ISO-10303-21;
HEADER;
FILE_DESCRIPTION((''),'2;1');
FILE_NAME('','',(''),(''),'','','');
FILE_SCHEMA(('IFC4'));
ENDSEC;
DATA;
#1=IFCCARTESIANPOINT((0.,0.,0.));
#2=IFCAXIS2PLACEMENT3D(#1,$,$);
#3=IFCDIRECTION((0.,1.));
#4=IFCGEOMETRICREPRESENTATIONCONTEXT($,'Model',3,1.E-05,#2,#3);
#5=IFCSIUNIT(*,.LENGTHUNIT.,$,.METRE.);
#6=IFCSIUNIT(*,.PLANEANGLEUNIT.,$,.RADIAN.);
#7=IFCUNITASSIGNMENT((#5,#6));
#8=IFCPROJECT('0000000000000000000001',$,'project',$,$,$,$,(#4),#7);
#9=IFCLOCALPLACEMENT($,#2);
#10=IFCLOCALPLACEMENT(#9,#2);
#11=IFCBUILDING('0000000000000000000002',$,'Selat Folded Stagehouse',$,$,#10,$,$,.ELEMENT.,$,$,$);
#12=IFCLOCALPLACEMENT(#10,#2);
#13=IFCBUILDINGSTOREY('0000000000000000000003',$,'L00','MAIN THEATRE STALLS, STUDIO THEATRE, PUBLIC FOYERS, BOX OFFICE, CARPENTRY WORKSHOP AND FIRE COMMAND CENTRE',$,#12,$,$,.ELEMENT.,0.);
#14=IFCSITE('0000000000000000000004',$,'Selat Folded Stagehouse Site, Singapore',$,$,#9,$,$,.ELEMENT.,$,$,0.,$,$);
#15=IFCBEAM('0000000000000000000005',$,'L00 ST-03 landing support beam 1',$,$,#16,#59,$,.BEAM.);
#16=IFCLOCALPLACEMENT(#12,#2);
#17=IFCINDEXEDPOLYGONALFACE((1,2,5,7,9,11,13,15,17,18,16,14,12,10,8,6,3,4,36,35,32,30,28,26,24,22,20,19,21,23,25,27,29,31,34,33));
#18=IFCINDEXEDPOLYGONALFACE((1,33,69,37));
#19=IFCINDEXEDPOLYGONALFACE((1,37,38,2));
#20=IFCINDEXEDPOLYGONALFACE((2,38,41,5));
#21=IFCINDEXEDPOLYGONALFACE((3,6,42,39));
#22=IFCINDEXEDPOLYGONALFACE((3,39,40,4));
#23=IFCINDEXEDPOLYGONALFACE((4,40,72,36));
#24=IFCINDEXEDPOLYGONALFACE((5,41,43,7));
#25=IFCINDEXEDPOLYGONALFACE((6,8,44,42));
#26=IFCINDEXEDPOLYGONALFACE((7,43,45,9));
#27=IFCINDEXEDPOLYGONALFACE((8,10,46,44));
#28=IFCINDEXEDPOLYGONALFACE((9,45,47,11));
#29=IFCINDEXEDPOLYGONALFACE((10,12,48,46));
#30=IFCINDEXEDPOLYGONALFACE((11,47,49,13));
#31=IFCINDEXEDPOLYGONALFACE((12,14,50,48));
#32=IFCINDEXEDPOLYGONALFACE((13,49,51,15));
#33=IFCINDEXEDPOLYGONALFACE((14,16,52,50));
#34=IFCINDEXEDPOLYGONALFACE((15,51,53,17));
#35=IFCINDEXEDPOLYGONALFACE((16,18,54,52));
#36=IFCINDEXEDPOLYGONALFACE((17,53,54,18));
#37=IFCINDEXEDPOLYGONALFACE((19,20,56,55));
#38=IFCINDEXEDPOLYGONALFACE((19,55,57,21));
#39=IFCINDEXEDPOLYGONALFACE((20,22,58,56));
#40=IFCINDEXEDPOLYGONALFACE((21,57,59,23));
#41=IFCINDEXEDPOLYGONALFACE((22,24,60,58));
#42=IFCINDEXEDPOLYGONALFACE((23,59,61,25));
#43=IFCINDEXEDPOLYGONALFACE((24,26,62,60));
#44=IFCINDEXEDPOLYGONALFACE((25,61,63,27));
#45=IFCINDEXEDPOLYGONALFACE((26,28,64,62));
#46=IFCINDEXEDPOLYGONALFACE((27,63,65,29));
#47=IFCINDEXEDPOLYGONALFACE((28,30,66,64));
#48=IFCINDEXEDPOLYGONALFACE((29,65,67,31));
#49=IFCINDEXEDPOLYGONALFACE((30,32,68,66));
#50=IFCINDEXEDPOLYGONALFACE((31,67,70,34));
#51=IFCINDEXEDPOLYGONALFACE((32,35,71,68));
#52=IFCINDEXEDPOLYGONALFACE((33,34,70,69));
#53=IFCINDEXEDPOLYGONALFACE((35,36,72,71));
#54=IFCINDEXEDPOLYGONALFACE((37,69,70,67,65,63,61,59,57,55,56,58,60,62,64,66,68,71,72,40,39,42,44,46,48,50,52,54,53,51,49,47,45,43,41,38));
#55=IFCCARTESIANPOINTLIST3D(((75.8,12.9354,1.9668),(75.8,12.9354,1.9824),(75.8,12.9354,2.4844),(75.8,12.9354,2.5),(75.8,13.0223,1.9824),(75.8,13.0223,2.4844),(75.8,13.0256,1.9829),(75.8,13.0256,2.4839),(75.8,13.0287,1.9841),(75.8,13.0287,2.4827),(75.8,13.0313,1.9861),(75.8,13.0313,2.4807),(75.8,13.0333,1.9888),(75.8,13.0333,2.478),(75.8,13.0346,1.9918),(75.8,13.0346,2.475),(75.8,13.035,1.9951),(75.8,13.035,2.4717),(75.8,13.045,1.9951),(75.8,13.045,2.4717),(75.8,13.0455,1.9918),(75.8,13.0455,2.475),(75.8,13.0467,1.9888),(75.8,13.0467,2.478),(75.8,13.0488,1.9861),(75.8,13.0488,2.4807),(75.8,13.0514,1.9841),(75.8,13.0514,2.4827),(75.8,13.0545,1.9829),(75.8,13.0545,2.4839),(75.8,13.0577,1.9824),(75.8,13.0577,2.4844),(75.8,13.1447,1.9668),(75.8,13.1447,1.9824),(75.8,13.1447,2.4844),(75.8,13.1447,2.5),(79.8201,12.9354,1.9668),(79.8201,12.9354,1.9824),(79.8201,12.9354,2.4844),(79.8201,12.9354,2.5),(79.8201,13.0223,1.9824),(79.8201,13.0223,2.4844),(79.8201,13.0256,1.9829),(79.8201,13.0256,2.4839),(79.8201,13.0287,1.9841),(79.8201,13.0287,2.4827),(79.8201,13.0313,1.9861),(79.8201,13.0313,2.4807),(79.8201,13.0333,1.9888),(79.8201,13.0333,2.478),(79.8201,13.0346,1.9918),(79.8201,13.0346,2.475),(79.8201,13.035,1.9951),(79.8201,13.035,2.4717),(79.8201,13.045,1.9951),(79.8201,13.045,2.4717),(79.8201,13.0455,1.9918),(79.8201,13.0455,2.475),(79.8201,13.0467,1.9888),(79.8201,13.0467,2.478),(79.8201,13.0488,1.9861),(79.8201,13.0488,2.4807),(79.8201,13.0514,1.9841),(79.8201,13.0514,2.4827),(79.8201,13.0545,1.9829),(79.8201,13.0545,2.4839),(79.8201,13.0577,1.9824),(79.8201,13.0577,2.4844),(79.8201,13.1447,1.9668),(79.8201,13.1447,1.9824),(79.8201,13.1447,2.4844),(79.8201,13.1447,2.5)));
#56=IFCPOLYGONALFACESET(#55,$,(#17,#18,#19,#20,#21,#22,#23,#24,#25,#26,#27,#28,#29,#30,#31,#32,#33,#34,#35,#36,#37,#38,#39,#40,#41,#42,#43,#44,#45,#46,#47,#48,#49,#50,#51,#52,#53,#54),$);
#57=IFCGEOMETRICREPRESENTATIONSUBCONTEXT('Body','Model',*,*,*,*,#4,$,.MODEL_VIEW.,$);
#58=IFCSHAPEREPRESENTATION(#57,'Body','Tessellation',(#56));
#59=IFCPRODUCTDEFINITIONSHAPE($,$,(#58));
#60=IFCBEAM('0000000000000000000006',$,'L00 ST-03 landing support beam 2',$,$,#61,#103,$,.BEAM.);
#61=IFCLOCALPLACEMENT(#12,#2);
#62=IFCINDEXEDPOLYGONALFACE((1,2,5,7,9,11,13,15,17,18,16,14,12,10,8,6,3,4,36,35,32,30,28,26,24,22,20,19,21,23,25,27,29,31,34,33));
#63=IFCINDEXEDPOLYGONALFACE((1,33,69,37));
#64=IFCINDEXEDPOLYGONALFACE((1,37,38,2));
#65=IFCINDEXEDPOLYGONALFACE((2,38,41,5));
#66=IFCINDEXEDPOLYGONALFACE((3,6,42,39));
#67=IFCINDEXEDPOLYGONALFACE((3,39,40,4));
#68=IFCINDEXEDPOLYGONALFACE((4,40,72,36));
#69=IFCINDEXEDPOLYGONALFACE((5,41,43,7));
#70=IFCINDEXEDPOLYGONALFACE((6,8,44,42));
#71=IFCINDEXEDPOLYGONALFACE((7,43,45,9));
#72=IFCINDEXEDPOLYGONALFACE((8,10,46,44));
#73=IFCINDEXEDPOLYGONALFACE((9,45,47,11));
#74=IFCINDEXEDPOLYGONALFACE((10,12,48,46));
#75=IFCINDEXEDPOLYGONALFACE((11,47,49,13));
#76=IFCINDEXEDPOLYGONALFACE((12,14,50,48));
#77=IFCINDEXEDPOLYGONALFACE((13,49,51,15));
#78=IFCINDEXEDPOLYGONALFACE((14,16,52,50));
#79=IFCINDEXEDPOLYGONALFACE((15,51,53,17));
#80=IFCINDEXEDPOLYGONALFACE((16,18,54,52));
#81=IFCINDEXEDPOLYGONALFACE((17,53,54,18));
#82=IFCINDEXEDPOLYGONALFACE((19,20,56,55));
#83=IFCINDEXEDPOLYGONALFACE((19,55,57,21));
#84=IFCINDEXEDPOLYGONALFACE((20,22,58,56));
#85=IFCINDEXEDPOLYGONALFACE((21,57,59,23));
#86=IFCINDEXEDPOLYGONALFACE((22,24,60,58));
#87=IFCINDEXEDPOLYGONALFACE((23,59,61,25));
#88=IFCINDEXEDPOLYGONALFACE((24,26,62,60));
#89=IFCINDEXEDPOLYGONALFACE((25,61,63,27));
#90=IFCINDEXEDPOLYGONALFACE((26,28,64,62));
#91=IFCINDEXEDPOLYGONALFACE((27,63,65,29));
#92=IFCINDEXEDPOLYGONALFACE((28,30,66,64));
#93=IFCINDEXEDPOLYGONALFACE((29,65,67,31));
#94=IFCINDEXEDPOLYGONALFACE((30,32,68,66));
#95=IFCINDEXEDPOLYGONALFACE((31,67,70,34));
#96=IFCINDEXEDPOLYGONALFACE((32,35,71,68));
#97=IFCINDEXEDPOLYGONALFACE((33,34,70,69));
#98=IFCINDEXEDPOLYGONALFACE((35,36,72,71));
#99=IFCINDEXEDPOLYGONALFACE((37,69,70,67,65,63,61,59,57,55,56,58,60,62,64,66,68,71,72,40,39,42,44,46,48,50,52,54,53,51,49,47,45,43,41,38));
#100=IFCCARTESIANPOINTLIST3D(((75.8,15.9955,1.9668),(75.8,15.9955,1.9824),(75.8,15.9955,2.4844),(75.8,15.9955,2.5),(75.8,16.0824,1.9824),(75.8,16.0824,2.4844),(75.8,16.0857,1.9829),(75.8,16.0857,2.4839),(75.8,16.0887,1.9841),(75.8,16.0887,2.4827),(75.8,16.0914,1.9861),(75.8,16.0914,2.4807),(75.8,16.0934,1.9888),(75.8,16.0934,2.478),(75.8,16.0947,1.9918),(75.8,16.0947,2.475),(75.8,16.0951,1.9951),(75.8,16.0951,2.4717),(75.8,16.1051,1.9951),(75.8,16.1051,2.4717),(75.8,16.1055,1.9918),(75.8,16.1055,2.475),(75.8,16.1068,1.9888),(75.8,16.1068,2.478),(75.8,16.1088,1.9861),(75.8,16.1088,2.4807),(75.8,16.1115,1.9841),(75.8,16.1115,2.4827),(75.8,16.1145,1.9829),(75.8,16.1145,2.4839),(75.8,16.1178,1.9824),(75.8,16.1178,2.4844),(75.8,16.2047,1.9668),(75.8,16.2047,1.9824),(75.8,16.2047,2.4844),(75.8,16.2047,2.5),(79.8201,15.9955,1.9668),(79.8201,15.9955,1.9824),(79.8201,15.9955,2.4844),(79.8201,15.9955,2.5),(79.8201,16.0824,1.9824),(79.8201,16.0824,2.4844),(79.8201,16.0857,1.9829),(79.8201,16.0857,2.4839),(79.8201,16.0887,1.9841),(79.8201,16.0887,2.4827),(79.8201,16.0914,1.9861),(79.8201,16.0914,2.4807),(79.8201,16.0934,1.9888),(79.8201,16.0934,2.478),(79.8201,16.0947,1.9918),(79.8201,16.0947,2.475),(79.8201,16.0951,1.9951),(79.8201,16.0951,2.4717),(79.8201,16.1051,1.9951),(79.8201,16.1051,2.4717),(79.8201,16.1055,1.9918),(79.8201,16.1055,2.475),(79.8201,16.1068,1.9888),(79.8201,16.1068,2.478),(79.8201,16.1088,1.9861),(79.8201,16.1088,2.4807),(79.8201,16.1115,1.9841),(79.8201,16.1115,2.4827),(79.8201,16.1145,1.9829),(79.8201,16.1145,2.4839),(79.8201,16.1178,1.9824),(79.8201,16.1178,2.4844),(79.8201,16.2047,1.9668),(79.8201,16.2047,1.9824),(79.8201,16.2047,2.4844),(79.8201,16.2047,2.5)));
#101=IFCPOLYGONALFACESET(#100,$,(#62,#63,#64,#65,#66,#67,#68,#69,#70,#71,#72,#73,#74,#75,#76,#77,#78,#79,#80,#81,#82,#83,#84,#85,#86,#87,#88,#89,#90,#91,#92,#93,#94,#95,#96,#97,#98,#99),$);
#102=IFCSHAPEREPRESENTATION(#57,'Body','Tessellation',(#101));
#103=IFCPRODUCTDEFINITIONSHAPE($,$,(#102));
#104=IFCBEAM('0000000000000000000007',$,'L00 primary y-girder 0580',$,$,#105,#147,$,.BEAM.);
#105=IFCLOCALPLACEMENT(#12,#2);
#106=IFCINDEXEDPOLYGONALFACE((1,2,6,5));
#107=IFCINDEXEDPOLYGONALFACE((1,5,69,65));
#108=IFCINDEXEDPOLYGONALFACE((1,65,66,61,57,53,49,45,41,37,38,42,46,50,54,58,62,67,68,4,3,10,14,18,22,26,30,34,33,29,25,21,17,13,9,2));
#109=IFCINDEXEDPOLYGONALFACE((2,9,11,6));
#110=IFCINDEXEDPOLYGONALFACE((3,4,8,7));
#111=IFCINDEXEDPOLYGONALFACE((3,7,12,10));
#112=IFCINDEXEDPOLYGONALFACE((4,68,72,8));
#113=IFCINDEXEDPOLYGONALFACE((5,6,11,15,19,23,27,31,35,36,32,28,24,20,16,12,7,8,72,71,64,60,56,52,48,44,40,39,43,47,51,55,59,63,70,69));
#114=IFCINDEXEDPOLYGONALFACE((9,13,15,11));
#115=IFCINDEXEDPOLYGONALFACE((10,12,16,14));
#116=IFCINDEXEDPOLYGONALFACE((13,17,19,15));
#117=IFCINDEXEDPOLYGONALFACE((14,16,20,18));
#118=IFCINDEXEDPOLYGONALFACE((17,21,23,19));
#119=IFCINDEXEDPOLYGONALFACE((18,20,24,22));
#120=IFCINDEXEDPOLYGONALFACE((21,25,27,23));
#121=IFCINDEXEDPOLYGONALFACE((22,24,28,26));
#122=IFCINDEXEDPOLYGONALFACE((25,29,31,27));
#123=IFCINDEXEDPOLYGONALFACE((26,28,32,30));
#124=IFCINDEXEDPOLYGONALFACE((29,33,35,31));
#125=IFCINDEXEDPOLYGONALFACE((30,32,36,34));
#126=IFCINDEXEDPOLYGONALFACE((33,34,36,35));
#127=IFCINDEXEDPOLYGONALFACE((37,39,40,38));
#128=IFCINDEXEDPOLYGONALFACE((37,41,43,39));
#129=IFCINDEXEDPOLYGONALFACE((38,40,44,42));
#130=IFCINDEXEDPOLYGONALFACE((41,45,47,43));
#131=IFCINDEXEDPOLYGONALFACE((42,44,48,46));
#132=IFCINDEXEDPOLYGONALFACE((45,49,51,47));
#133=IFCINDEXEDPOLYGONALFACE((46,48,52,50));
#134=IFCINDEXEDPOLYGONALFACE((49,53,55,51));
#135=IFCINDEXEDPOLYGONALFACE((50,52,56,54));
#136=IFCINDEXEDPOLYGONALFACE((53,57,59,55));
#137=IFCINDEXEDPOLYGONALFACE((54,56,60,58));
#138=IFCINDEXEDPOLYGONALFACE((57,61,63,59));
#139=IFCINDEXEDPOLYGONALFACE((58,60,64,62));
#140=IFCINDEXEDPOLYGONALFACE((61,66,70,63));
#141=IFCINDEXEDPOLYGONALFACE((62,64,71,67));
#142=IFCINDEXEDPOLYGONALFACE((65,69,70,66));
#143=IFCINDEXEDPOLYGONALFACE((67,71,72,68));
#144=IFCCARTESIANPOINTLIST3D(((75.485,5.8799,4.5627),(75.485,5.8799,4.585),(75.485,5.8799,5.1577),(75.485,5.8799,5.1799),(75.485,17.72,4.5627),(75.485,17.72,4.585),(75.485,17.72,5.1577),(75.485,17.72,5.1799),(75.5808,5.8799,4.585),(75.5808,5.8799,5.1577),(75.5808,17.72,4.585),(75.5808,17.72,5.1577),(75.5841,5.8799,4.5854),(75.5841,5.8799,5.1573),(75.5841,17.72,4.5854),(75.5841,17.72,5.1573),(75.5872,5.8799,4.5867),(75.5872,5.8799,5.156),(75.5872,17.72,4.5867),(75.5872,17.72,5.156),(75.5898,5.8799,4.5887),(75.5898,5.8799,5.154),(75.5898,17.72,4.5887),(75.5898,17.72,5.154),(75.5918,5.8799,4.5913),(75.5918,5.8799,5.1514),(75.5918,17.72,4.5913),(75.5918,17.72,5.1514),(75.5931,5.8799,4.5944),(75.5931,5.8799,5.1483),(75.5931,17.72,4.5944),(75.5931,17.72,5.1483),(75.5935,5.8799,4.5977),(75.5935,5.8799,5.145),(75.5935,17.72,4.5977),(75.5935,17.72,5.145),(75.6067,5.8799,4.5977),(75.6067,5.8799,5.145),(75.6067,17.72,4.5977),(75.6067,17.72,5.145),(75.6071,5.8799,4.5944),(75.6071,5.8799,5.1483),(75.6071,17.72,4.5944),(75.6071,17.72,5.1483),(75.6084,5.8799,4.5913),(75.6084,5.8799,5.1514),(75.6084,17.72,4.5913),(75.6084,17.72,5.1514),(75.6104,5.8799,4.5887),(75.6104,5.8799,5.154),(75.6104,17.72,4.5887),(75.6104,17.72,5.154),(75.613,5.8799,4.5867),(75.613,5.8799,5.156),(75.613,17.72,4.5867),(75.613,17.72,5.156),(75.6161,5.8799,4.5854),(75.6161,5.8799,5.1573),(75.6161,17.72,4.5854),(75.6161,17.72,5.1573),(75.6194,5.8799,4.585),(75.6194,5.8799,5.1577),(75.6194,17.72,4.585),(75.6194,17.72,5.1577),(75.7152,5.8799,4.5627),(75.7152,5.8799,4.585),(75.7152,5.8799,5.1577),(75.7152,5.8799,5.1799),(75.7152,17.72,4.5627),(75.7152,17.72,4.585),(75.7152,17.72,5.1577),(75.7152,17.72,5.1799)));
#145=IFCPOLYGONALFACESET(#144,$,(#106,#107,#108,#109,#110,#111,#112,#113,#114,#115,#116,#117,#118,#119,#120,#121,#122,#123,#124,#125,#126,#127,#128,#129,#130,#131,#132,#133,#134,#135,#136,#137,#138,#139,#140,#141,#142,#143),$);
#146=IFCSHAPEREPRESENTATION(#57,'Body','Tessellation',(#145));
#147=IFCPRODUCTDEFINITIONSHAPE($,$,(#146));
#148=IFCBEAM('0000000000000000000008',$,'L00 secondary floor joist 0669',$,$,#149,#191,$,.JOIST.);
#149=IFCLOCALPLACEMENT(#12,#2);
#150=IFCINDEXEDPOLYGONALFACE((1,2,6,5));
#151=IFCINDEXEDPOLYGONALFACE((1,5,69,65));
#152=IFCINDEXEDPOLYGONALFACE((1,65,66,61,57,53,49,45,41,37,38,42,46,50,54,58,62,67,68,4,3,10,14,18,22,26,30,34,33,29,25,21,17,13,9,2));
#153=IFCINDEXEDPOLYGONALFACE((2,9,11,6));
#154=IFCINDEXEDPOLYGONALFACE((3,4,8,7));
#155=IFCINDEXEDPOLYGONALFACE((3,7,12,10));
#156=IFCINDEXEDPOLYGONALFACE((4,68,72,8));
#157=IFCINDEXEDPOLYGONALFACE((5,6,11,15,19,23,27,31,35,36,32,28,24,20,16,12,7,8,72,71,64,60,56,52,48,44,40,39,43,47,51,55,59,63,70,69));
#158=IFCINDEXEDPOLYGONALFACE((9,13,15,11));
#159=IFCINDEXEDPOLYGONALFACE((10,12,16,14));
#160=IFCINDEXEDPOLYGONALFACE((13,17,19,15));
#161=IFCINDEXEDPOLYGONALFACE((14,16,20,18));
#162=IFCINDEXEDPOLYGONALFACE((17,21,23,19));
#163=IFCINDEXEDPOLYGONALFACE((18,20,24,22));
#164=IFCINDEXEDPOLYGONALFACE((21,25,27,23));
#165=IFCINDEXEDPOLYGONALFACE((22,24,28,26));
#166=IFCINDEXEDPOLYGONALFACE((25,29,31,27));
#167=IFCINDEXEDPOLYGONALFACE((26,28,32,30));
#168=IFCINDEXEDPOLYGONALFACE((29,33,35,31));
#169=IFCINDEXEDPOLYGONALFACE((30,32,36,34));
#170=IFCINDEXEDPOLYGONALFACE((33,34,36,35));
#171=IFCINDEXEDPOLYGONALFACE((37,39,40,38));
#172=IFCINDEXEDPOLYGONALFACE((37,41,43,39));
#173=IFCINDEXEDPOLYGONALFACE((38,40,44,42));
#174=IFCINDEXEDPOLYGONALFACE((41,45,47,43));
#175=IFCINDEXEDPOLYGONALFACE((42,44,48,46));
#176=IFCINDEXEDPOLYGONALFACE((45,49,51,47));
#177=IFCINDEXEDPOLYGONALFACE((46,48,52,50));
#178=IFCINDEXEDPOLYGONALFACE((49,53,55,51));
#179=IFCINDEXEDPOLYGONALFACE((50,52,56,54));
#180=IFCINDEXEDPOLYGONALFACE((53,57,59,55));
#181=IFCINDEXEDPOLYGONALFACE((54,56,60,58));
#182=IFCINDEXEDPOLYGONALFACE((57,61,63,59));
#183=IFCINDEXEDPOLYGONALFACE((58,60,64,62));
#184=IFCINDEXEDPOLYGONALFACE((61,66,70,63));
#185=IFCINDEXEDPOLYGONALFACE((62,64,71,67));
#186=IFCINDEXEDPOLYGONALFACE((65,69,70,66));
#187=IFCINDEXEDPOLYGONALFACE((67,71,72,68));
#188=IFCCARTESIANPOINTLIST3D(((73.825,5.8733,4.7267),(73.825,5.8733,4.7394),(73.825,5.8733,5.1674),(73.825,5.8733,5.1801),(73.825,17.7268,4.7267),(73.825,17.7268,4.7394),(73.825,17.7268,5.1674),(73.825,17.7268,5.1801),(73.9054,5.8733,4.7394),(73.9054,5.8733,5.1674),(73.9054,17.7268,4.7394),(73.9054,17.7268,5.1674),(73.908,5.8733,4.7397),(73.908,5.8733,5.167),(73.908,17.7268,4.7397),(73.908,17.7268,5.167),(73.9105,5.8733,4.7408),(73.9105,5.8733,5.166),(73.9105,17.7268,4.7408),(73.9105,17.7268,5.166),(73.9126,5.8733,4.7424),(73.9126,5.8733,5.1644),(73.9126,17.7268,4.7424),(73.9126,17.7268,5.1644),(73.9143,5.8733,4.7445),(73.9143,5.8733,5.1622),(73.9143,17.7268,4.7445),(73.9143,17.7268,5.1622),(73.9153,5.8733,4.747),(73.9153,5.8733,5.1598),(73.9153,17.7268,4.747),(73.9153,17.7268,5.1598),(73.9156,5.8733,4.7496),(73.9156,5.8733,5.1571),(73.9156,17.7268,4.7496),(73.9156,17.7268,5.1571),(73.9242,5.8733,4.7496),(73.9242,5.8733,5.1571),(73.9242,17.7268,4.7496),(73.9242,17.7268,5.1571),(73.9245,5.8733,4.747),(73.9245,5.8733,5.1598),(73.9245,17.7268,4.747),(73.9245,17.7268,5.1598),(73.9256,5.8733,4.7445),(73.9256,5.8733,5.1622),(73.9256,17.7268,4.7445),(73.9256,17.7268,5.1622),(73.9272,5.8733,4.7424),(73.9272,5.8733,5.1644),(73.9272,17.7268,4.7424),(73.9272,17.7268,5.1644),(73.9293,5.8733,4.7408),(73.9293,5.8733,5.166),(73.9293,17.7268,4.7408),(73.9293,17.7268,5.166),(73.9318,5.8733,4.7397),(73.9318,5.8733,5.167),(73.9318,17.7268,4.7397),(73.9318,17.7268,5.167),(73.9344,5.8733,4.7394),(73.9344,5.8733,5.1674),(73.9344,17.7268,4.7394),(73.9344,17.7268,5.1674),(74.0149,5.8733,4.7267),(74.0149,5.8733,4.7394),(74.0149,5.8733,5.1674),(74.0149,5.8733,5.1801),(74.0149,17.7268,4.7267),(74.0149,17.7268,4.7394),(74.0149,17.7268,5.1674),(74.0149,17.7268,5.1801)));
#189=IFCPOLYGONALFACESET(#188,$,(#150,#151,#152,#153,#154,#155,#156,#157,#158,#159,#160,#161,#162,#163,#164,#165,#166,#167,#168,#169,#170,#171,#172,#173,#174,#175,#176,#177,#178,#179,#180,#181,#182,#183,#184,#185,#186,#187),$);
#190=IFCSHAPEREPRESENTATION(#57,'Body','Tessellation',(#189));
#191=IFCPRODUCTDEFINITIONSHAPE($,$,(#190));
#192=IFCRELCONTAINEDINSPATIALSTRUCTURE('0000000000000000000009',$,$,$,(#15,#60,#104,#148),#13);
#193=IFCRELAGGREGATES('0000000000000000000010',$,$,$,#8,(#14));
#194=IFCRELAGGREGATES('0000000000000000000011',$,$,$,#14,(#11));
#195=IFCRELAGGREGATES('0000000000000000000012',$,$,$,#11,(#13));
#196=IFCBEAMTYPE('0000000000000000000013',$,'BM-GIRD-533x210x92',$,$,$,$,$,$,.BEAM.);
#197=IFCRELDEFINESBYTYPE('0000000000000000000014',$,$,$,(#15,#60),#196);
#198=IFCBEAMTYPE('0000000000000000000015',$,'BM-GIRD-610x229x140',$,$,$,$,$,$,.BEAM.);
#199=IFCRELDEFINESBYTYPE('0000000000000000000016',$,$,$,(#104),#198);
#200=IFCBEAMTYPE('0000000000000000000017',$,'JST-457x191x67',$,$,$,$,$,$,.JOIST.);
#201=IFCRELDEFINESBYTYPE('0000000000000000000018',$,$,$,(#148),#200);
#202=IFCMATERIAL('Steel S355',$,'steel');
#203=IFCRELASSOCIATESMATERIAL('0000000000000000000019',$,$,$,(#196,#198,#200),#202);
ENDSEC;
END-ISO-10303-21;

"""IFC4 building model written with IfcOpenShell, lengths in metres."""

from ifc_helpers import new_model, si_unit, direction, frame, origin, origin_2d, place, context, subcontext, project, spatial, i_section, extrude, material, material_profile, profile_set, type_object, element, save


model = new_model("IFC4")

# Units and contexts
model_context = context("Model", 3, precision=1e-05, world=origin(), true_north=direction((0.0, 1.0)))
body_context = subcontext(model_context, "Body", "Model", "MODEL_VIEW")
ifc_project = project(units=[si_unit("LENGTHUNIT", "METRE"), si_unit("PLANEANGLEUNIT", "RADIAN")], contexts=[model_context])

# Site, building, storey
site_placement = place(None, origin())
site = spatial("IfcSite", under=ifc_project, at=site_placement, Name="Selat Folded Stagehouse Site, Singapore", CompositionType="ELEMENT", RefElevation=0.0)
building_placement = place(site_placement, origin())
building = spatial("IfcBuilding", under=site, at=building_placement, Name="Selat Folded Stagehouse", CompositionType="ELEMENT")
storey_placement = place(building_placement, origin())
storey = spatial("IfcBuildingStorey", under=building, at=storey_placement, Name="L00", Description="MAIN THEATRE STALLS, STUDIO THEATRE, PUBLIC FOYERS, BOX OFFICE, CARPENTRY WORKSHOP AND FIRE COMMAND CENTRE", CompositionType="ELEMENT", Elevation=0.0)

# Shared definitions
ifc_material_1 = material(Name="Steel S355", Category="steel")

# Beams
ifc_material_profile_1 = material_profile(ifc_material_1, i_section(OverallWidth=0.2092, OverallDepth=0.5332, WebThickness=0.01, FlangeThickness=0.0156, FilletRadius=0.0127, at=origin_2d()), Name="UKB 533x210x92")
ifc_profile_set_1 = profile_set([ifc_material_profile_1], Name="Steel S355")
beam_type_1 = type_object("IfcBeamType", Name="BM-GIRD-533x210x92", PredefinedType="BEAM", material=ifc_profile_set_1)
for number, where, z_axis, x_axis, name in (
    (1, (75.8, 13.04, 2.2334), (1.0, 0.0, 0.0), (0.0, 1.0, 0.0), "L00 ST-03 landing support beam 1"),
    (2, (75.8, 16.1001, 2.2334), (1.0, 0.0, 0.0), (0.0, 1.0, 0.0), "L00 ST-03 landing support beam 2"),
):
    element("IfcBeam", number, at=place(storey_placement, frame(where, z_axis=z_axis, x_axis=x_axis)), inside=storey, type_object=beam_type_1, Name=name, PredefinedType="BEAM", context=body_context, shape_type="SweptSolid", body=[
        extrude(i_section(OverallWidth=0.2092, OverallDepth=0.5332, WebThickness=0.01, FlangeThickness=0.0156, FilletRadius=0.0127, at=origin_2d()), origin(), (0.0, 0.0, 1.0), 4.02),
    ])
ifc_material_profile_2 = material_profile(ifc_material_1, i_section(OverallWidth=0.2302, OverallDepth=0.6172, WebThickness=0.0132, FlangeThickness=0.0222, FilletRadius=0.0127, at=origin_2d()), Name="UKB 610x229x140")
ifc_profile_set_2 = profile_set([ifc_material_profile_2], Name="Steel S355")
beam_type_2 = type_object("IfcBeamType", Name="BM-GIRD-610x229x140", PredefinedType="BEAM", material=ifc_profile_set_2)
beam_1_placement = place(storey_placement, frame((75.6001, 5.8799, 4.8713), z_axis=(0.0, 1.0, 0.0), x_axis=(-1.0, 0.0, 0.0)))
element("IfcBeam", 3, at=beam_1_placement, inside=storey, type_object=beam_type_2, Name="L00 primary y-girder 0580", PredefinedType="BEAM", context=body_context, shape_type="SweptSolid", body=[
    extrude(i_section(OverallWidth=0.2302, OverallDepth=0.6172, WebThickness=0.0132, FlangeThickness=0.0222, FilletRadius=0.0127, at=origin_2d()), origin(), (0.0, 0.0, 1.0), 11.8401),
])
ifc_material_profile_3 = material_profile(ifc_material_1, i_section(OverallWidth=0.1899, OverallDepth=0.4534, WebThickness=0.0085, FlangeThickness=0.0127, FilletRadius=0.0103, at=origin_2d()), Name="UKB 457x191x67")
ifc_profile_set_3 = profile_set([ifc_material_profile_3], Name="Steel S355")
beam_type_3 = type_object("IfcBeamType", Name="JST-457x191x67", PredefinedType="JOIST", material=ifc_profile_set_3)
beam_2_placement = place(storey_placement, frame((73.9199, 5.8733, 4.9534), z_axis=(0.0, 1.0, 0.0), x_axis=(-1.0, 0.0, 0.0)))
element("IfcBeam", 4, at=beam_2_placement, inside=storey, type_object=beam_type_3, Name="L00 secondary floor joist 0669", PredefinedType="JOIST", context=body_context, shape_type="SweptSolid", body=[
    extrude(i_section(OverallWidth=0.1899, OverallDepth=0.4534, WebThickness=0.0085, FlangeThickness=0.0127, FilletRadius=0.0103, at=origin_2d()), origin(), (0.0, 0.0, 1.0), 11.8535),
])

save(model, "model.ifc")
